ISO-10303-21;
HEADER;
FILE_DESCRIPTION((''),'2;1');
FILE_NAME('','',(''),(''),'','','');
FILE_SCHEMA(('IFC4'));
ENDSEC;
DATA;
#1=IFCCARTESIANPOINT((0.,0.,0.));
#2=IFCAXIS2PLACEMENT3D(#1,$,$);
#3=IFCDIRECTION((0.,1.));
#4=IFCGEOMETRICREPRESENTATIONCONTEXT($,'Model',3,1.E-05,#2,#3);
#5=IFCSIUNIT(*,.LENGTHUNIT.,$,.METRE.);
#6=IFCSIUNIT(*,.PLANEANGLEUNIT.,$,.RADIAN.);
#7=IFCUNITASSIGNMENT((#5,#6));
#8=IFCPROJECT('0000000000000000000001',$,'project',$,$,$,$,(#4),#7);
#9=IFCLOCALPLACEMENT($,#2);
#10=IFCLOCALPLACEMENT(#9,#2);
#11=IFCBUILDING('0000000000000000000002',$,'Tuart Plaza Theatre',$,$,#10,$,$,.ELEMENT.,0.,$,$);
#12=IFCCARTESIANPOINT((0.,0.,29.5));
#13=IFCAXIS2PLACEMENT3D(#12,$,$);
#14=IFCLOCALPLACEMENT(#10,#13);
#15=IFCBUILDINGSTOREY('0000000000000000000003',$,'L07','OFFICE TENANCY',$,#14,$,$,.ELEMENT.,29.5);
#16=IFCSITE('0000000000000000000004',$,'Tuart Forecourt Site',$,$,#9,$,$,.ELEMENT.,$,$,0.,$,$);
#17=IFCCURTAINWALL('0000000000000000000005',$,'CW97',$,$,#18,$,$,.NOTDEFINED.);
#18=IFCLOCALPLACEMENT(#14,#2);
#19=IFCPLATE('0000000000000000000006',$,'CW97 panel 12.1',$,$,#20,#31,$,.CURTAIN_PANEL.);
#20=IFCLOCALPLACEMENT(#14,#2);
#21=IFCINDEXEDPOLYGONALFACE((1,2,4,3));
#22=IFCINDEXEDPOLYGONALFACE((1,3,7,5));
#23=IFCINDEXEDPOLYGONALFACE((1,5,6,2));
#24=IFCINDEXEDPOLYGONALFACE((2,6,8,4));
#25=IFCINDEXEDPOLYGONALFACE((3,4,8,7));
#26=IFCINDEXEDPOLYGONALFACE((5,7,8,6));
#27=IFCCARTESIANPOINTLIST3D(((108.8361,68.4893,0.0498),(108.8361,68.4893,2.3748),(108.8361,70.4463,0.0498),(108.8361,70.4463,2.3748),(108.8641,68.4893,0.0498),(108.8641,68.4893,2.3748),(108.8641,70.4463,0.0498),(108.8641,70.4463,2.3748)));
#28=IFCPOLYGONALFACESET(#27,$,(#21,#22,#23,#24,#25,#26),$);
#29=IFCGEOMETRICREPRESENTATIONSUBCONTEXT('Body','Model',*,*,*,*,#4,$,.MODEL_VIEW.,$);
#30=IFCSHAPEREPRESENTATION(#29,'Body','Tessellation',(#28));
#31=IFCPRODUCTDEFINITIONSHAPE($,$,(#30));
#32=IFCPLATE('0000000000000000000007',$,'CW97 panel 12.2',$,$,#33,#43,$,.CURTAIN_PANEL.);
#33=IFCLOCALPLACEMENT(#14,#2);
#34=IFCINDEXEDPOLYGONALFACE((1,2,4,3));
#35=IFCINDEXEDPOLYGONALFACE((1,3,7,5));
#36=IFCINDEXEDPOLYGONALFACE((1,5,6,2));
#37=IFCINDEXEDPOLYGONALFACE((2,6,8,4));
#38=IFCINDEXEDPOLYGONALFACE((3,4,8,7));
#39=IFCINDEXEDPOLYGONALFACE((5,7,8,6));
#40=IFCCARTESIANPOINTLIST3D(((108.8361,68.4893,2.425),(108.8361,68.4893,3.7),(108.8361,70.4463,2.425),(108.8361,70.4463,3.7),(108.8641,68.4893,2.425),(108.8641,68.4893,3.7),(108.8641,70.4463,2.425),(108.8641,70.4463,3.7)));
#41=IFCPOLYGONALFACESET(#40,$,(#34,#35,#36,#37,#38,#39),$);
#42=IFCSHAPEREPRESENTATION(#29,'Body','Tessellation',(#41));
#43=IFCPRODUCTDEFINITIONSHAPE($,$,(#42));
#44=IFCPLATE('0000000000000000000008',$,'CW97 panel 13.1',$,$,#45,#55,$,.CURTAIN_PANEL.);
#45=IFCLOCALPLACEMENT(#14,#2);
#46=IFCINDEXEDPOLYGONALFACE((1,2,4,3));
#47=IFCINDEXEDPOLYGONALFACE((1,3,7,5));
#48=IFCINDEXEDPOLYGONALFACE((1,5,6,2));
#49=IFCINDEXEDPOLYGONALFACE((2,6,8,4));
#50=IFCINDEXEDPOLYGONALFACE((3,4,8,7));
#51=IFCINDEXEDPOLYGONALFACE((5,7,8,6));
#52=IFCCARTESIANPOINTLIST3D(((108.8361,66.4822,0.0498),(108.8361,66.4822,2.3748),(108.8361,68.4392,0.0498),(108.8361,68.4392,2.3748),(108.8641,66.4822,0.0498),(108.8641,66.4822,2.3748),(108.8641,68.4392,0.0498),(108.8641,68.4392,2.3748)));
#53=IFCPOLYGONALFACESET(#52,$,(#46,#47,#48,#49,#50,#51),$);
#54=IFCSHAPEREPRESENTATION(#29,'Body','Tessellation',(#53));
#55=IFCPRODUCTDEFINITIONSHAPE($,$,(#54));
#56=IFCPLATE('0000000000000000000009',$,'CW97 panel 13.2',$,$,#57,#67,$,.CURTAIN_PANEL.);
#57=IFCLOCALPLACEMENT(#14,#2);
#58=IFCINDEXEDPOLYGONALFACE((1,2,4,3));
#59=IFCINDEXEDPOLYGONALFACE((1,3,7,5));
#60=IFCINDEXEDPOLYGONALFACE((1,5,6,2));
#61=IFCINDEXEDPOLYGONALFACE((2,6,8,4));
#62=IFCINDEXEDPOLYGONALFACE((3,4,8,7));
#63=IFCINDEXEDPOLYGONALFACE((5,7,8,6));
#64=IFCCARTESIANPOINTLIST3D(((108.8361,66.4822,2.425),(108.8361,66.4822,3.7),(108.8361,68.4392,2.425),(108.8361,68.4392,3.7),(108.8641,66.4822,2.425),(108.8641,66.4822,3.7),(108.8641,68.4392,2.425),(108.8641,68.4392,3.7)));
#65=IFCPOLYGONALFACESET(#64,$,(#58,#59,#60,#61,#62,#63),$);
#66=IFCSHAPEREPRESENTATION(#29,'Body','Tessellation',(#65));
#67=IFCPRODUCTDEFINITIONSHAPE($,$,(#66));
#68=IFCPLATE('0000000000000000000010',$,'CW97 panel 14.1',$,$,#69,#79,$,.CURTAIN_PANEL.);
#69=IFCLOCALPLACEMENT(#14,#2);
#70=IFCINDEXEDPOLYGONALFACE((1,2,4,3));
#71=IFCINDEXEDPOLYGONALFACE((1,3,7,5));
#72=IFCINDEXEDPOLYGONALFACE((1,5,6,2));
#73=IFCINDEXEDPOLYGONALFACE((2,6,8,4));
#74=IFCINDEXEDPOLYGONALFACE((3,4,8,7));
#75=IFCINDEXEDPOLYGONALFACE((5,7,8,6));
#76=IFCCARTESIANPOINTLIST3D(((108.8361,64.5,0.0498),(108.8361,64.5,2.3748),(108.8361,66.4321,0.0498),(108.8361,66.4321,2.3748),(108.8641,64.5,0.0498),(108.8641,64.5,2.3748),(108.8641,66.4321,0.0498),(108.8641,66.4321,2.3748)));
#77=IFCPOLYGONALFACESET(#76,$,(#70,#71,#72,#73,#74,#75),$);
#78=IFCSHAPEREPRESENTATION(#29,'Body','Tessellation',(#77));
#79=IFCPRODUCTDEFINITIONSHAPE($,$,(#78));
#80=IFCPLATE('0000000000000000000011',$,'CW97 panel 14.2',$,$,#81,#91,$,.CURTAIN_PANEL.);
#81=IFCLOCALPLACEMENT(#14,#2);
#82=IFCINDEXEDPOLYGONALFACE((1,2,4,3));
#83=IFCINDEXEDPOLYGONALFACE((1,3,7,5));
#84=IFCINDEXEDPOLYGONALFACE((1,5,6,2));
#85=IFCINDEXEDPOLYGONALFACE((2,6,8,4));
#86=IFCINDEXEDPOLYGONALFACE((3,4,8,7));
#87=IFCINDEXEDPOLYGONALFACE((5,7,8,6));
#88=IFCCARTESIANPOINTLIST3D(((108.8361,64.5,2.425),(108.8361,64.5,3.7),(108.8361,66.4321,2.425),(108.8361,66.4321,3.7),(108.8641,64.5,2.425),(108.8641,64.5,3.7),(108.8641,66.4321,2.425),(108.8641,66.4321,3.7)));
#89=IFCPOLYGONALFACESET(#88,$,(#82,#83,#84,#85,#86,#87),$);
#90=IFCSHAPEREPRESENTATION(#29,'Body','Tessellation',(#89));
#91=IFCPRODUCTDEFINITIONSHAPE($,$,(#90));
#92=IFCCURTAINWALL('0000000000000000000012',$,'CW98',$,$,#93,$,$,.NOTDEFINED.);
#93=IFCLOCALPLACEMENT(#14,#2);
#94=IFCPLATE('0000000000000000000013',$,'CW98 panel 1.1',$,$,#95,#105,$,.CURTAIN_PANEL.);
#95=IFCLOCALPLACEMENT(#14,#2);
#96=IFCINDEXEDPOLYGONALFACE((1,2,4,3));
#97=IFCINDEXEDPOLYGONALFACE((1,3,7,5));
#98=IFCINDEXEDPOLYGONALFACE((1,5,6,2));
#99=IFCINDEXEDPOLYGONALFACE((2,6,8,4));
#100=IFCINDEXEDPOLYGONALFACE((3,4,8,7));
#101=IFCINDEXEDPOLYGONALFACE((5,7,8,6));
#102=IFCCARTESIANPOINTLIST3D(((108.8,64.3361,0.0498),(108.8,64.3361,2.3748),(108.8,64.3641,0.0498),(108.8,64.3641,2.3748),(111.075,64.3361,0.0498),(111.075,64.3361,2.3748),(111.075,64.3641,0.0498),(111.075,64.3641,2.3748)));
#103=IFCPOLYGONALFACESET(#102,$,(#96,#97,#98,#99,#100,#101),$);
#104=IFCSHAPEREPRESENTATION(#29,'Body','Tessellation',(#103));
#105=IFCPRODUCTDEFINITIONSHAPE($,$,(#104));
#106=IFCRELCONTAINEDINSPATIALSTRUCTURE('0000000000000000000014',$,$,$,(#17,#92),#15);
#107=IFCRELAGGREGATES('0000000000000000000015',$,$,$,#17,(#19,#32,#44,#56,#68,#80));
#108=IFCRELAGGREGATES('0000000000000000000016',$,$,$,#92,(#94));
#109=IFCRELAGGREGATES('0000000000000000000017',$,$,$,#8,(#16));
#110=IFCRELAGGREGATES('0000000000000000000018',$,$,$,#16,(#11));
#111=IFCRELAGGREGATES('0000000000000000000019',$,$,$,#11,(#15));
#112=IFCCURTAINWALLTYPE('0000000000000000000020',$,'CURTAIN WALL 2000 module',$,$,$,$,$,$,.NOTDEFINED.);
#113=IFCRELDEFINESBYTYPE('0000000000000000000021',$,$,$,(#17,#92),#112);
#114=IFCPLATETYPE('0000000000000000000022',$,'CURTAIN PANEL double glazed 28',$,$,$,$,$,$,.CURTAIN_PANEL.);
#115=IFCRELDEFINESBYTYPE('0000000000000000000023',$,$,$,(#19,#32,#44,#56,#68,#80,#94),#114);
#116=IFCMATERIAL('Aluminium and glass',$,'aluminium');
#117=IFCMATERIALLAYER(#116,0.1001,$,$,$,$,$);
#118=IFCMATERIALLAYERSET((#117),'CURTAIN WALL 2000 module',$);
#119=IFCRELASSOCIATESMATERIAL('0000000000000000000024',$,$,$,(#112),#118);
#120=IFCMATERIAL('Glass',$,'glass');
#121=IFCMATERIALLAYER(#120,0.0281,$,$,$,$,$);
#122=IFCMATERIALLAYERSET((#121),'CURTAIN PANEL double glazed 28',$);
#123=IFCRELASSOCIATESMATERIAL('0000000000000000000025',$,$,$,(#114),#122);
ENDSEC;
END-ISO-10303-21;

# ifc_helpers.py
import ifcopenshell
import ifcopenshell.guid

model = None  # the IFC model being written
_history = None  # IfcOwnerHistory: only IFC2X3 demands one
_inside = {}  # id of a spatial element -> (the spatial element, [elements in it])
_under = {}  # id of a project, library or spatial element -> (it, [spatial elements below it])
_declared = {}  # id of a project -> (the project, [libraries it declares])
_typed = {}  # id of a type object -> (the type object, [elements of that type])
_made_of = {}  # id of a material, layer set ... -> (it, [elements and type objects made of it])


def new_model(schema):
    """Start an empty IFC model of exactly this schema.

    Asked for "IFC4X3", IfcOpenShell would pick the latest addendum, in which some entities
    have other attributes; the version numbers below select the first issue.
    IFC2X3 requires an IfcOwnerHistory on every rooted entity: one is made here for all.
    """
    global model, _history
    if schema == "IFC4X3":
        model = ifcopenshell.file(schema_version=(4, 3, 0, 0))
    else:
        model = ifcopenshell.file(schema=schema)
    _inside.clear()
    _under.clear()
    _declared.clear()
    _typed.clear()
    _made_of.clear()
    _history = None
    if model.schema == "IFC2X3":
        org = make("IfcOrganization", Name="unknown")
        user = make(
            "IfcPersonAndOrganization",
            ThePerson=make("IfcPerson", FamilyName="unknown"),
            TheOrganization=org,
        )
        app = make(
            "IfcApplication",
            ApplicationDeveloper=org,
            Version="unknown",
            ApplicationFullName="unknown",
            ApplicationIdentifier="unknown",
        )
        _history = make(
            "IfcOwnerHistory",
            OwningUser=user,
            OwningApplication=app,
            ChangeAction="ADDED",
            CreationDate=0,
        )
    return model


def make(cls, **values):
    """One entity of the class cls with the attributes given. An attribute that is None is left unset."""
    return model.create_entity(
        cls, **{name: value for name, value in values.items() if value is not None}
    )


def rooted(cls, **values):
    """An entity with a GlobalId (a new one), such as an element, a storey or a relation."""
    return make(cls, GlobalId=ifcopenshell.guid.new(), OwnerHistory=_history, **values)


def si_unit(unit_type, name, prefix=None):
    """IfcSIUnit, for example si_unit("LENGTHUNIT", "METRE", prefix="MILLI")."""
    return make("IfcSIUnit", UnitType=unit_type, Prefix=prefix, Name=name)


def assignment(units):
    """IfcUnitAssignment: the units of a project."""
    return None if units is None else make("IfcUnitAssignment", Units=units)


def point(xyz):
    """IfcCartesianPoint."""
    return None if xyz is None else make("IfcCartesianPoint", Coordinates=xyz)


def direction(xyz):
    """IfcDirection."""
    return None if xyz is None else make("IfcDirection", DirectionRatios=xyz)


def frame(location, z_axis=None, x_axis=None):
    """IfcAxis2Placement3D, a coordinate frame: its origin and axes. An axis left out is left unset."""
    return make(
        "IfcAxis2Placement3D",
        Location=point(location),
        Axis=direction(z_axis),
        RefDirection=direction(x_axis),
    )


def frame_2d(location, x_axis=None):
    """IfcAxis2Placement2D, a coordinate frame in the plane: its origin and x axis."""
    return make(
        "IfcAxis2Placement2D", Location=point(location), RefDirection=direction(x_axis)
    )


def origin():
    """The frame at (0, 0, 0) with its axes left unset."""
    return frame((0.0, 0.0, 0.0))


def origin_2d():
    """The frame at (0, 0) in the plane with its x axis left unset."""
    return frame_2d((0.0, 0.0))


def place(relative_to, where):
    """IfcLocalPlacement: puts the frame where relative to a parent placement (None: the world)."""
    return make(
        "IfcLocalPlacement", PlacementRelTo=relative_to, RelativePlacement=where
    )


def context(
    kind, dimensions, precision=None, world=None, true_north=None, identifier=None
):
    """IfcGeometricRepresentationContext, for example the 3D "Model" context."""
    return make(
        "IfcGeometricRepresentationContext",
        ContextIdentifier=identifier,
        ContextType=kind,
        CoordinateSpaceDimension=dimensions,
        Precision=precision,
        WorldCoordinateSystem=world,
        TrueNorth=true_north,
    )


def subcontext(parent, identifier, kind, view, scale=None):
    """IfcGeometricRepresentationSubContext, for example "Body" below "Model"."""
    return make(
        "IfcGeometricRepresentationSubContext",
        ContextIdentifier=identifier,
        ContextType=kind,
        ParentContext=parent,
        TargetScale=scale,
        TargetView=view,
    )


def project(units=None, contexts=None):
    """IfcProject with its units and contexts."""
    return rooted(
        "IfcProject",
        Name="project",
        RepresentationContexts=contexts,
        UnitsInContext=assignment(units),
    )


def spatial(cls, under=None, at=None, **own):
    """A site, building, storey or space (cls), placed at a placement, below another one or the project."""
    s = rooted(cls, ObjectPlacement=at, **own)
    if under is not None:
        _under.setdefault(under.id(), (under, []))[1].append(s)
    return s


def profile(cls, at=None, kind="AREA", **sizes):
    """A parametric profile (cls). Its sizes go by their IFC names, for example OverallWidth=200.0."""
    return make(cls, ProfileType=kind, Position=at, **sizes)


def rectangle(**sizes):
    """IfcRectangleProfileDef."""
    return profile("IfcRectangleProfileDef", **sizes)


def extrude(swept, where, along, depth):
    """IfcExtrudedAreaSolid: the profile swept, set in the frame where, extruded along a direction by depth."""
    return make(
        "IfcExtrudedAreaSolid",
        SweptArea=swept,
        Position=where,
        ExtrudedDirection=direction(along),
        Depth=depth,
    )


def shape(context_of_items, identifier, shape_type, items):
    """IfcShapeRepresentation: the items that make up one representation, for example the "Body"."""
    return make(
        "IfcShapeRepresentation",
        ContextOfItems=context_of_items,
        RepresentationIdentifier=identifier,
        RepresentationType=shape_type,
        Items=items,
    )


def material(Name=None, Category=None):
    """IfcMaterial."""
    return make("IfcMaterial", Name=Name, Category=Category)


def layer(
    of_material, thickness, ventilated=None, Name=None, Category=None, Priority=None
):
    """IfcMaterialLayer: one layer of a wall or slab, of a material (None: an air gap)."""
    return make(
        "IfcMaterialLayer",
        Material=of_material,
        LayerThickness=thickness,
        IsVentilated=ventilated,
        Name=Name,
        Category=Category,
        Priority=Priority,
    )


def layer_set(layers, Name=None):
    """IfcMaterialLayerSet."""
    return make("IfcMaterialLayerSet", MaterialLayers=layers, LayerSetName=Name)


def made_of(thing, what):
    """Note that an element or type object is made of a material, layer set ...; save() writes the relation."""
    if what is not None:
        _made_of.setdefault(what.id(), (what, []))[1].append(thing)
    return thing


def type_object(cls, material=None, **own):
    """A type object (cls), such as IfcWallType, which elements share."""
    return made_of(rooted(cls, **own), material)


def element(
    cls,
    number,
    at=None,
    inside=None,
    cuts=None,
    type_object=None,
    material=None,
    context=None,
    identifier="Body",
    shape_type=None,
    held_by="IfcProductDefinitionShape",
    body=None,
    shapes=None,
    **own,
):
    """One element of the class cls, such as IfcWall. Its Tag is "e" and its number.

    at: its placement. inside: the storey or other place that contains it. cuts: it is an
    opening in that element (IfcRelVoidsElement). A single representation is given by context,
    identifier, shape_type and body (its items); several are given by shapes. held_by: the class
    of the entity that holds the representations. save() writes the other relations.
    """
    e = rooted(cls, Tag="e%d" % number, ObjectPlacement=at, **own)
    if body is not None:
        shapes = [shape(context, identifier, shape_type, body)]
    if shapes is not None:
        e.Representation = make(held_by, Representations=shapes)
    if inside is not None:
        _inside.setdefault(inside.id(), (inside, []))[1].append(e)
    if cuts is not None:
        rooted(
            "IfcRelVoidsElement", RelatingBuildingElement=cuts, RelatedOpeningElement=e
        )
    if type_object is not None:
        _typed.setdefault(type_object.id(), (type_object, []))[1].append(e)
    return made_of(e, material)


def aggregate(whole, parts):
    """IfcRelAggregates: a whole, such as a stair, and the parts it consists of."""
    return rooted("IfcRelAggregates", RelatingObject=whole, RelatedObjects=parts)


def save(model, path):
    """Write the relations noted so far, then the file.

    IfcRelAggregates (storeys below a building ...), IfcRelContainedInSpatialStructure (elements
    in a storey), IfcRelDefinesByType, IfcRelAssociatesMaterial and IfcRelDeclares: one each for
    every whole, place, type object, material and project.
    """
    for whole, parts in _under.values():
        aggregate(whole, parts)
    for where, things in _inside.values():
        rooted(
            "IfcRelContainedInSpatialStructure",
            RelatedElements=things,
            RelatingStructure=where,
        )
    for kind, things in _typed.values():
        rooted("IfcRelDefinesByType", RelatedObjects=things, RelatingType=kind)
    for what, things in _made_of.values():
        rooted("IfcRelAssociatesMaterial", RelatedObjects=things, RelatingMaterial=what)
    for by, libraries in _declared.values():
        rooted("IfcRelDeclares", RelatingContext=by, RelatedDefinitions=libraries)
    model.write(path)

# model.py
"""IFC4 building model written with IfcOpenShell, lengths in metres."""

from ifc_helpers import new_model, si_unit, direction, frame, origin, origin_2d, place, context, subcontext, project, spatial, rectangle, extrude, material, layer, layer_set, type_object, element, aggregate, save


model = new_model("IFC4")

# Units and contexts
model_context = context("Model", 3, precision=1e-05, world=origin(), true_north=direction((0.0, 1.0)))
body_context = subcontext(model_context, "Body", "Model", "MODEL_VIEW")
ifc_project = project(units=[si_unit("LENGTHUNIT", "METRE"), si_unit("PLANEANGLEUNIT", "RADIAN")], contexts=[model_context])

# Site, building, storey
site_placement = place(None, origin())
site = spatial("IfcSite", under=ifc_project, at=site_placement, Name="Tuart Forecourt Site", CompositionType="ELEMENT", RefElevation=0.0)
building_placement = place(site_placement, origin())
building = spatial("IfcBuilding", under=site, at=building_placement, Name="Tuart Plaza Theatre", CompositionType="ELEMENT", ElevationOfRefHeight=0.0)
storey_placement = place(building_placement, frame((0.0, 0.0, 29.5)))
storey = spatial("IfcBuildingStorey", under=building, at=storey_placement, Name="L07", Description="OFFICE TENANCY", CompositionType="ELEMENT", Elevation=29.5)

# Curtain wall, plates
ifc_material_1 = material(Name="Aluminium and glass", Category="aluminium")
ifc_layer_1 = layer(ifc_material_1, 0.1001)
ifc_layer_set_1 = layer_set([ifc_layer_1], Name="CURTAIN WALL 2000 module")
curtain_wall_type = type_object("IfcCurtainWallType", Name="CURTAIN WALL 2000 module", PredefinedType="NOTDEFINED", material=ifc_layer_set_1)
curtain_wall_1_placement = place(storey_placement, origin())
curtain_wall_1 = element("IfcCurtainWall", 1, at=curtain_wall_1_placement, inside=storey, type_object=curtain_wall_type, Name="CW97", PredefinedType="NOTDEFINED")
ifc_material_2 = material(Name="Glass", Category="glass")
ifc_layer_2 = layer(ifc_material_2, 0.0281)
ifc_layer_set_2 = layer_set([ifc_layer_2], Name="CURTAIN PANEL double glazed 28")
plate_type = type_object("IfcPlateType", Name="CURTAIN PANEL double glazed 28", PredefinedType="CURTAIN_PANEL", material=ifc_layer_set_2)
plate_1_placement = place(storey_placement, frame((108.8501, 69.4678, 0.0498), z_axis=(0.0, 0.0, 1.0), x_axis=(0.0, -1.0, 0.0)))
plate_1 = element("IfcPlate", 2, at=plate_1_placement, type_object=plate_type, Name="CW97 panel 12.1", PredefinedType="CURTAIN_PANEL", context=body_context, shape_type="SweptSolid", body=[
    extrude(rectangle(XDim=1.957, YDim=0.0281, at=origin_2d()), origin(), (0.0, 0.0, 1.0), 2.325),
])
plate_2_placement = place(storey_placement, frame((108.8501, 69.4678, 2.425), z_axis=(0.0, 0.0, 1.0), x_axis=(0.0, -1.0, 0.0)))
plate_2 = element("IfcPlate", 3, at=plate_2_placement, type_object=plate_type, Name="CW97 panel 12.2", PredefinedType="CURTAIN_PANEL", context=body_context, shape_type="SweptSolid", body=[
    extrude(rectangle(XDim=1.957, YDim=0.0281, at=origin_2d()), origin(), (0.0, 0.0, 1.0), 1.2749),
])
plate_3_placement = place(storey_placement, frame((108.8501, 67.4607, 0.0498), z_axis=(0.0, 0.0, 1.0), x_axis=(0.0, -1.0, 0.0)))
plate_3 = element("IfcPlate", 4, at=plate_3_placement, type_object=plate_type, Name="CW97 panel 13.1", PredefinedType="CURTAIN_PANEL", context=body_context, shape_type="SweptSolid", body=[
    extrude(rectangle(XDim=1.957, YDim=0.0281, at=origin_2d()), origin(), (0.0, 0.0, 1.0), 2.325),
])
plate_4_placement = place(storey_placement, frame((108.8501, 67.4607, 2.425), z_axis=(0.0, 0.0, 1.0), x_axis=(0.0, -1.0, 0.0)))
plate_4 = element("IfcPlate", 5, at=plate_4_placement, type_object=plate_type, Name="CW97 panel 13.2", PredefinedType="CURTAIN_PANEL", context=body_context, shape_type="SweptSolid", body=[
    extrude(rectangle(XDim=1.957, YDim=0.0281, at=origin_2d()), origin(), (0.0, 0.0, 1.0), 1.2749),
])
plate_5_placement = place(storey_placement, frame((108.8501, 65.4661, 0.0498), z_axis=(0.0, 0.0, 1.0), x_axis=(0.0, -1.0, 0.0)))
plate_5 = element("IfcPlate", 6, at=plate_5_placement, type_object=plate_type, Name="CW97 panel 14.1", PredefinedType="CURTAIN_PANEL", context=body_context, shape_type="SweptSolid", body=[
    extrude(rectangle(XDim=1.9321, YDim=0.0281, at=origin_2d()), origin(), (0.0, 0.0, 1.0), 2.325),
])
plate_6_placement = place(storey_placement, frame((108.8501, 65.4661, 2.425), z_axis=(0.0, 0.0, 1.0), x_axis=(0.0, -1.0, 0.0)))
plate_6 = element("IfcPlate", 7, at=plate_6_placement, type_object=plate_type, Name="CW97 panel 14.2", PredefinedType="CURTAIN_PANEL", context=body_context, shape_type="SweptSolid", body=[
    extrude(rectangle(XDim=1.9321, YDim=0.0281, at=origin_2d()), origin(), (0.0, 0.0, 1.0), 1.2749),
])
aggregate(curtain_wall_1, [plate_1, plate_2, plate_3, plate_4, plate_5, plate_6])

# Curtain wall, plate
curtain_wall_2_placement = place(storey_placement, origin())
curtain_wall_2 = element("IfcCurtainWall", 8, at=curtain_wall_2_placement, inside=storey, type_object=curtain_wall_type, Name="CW98", PredefinedType="NOTDEFINED")
plate_7_placement = place(storey_placement, frame((109.9375, 64.3501, 0.0498), z_axis=(0.0, 0.0, 1.0), x_axis=(1.0, 0.0, 0.0)))
plate_7 = element("IfcPlate", 9, at=plate_7_placement, type_object=plate_type, Name="CW98 panel 1.1", PredefinedType="CURTAIN_PANEL", context=body_context, shape_type="SweptSolid", body=[
    extrude(rectangle(XDim=2.2749, YDim=0.0281, at=origin_2d()), origin(), (0.0, 0.0, 1.0), 2.325),
])
aggregate(curtain_wall_2, [plate_7])

save(model, "model.ifc")
